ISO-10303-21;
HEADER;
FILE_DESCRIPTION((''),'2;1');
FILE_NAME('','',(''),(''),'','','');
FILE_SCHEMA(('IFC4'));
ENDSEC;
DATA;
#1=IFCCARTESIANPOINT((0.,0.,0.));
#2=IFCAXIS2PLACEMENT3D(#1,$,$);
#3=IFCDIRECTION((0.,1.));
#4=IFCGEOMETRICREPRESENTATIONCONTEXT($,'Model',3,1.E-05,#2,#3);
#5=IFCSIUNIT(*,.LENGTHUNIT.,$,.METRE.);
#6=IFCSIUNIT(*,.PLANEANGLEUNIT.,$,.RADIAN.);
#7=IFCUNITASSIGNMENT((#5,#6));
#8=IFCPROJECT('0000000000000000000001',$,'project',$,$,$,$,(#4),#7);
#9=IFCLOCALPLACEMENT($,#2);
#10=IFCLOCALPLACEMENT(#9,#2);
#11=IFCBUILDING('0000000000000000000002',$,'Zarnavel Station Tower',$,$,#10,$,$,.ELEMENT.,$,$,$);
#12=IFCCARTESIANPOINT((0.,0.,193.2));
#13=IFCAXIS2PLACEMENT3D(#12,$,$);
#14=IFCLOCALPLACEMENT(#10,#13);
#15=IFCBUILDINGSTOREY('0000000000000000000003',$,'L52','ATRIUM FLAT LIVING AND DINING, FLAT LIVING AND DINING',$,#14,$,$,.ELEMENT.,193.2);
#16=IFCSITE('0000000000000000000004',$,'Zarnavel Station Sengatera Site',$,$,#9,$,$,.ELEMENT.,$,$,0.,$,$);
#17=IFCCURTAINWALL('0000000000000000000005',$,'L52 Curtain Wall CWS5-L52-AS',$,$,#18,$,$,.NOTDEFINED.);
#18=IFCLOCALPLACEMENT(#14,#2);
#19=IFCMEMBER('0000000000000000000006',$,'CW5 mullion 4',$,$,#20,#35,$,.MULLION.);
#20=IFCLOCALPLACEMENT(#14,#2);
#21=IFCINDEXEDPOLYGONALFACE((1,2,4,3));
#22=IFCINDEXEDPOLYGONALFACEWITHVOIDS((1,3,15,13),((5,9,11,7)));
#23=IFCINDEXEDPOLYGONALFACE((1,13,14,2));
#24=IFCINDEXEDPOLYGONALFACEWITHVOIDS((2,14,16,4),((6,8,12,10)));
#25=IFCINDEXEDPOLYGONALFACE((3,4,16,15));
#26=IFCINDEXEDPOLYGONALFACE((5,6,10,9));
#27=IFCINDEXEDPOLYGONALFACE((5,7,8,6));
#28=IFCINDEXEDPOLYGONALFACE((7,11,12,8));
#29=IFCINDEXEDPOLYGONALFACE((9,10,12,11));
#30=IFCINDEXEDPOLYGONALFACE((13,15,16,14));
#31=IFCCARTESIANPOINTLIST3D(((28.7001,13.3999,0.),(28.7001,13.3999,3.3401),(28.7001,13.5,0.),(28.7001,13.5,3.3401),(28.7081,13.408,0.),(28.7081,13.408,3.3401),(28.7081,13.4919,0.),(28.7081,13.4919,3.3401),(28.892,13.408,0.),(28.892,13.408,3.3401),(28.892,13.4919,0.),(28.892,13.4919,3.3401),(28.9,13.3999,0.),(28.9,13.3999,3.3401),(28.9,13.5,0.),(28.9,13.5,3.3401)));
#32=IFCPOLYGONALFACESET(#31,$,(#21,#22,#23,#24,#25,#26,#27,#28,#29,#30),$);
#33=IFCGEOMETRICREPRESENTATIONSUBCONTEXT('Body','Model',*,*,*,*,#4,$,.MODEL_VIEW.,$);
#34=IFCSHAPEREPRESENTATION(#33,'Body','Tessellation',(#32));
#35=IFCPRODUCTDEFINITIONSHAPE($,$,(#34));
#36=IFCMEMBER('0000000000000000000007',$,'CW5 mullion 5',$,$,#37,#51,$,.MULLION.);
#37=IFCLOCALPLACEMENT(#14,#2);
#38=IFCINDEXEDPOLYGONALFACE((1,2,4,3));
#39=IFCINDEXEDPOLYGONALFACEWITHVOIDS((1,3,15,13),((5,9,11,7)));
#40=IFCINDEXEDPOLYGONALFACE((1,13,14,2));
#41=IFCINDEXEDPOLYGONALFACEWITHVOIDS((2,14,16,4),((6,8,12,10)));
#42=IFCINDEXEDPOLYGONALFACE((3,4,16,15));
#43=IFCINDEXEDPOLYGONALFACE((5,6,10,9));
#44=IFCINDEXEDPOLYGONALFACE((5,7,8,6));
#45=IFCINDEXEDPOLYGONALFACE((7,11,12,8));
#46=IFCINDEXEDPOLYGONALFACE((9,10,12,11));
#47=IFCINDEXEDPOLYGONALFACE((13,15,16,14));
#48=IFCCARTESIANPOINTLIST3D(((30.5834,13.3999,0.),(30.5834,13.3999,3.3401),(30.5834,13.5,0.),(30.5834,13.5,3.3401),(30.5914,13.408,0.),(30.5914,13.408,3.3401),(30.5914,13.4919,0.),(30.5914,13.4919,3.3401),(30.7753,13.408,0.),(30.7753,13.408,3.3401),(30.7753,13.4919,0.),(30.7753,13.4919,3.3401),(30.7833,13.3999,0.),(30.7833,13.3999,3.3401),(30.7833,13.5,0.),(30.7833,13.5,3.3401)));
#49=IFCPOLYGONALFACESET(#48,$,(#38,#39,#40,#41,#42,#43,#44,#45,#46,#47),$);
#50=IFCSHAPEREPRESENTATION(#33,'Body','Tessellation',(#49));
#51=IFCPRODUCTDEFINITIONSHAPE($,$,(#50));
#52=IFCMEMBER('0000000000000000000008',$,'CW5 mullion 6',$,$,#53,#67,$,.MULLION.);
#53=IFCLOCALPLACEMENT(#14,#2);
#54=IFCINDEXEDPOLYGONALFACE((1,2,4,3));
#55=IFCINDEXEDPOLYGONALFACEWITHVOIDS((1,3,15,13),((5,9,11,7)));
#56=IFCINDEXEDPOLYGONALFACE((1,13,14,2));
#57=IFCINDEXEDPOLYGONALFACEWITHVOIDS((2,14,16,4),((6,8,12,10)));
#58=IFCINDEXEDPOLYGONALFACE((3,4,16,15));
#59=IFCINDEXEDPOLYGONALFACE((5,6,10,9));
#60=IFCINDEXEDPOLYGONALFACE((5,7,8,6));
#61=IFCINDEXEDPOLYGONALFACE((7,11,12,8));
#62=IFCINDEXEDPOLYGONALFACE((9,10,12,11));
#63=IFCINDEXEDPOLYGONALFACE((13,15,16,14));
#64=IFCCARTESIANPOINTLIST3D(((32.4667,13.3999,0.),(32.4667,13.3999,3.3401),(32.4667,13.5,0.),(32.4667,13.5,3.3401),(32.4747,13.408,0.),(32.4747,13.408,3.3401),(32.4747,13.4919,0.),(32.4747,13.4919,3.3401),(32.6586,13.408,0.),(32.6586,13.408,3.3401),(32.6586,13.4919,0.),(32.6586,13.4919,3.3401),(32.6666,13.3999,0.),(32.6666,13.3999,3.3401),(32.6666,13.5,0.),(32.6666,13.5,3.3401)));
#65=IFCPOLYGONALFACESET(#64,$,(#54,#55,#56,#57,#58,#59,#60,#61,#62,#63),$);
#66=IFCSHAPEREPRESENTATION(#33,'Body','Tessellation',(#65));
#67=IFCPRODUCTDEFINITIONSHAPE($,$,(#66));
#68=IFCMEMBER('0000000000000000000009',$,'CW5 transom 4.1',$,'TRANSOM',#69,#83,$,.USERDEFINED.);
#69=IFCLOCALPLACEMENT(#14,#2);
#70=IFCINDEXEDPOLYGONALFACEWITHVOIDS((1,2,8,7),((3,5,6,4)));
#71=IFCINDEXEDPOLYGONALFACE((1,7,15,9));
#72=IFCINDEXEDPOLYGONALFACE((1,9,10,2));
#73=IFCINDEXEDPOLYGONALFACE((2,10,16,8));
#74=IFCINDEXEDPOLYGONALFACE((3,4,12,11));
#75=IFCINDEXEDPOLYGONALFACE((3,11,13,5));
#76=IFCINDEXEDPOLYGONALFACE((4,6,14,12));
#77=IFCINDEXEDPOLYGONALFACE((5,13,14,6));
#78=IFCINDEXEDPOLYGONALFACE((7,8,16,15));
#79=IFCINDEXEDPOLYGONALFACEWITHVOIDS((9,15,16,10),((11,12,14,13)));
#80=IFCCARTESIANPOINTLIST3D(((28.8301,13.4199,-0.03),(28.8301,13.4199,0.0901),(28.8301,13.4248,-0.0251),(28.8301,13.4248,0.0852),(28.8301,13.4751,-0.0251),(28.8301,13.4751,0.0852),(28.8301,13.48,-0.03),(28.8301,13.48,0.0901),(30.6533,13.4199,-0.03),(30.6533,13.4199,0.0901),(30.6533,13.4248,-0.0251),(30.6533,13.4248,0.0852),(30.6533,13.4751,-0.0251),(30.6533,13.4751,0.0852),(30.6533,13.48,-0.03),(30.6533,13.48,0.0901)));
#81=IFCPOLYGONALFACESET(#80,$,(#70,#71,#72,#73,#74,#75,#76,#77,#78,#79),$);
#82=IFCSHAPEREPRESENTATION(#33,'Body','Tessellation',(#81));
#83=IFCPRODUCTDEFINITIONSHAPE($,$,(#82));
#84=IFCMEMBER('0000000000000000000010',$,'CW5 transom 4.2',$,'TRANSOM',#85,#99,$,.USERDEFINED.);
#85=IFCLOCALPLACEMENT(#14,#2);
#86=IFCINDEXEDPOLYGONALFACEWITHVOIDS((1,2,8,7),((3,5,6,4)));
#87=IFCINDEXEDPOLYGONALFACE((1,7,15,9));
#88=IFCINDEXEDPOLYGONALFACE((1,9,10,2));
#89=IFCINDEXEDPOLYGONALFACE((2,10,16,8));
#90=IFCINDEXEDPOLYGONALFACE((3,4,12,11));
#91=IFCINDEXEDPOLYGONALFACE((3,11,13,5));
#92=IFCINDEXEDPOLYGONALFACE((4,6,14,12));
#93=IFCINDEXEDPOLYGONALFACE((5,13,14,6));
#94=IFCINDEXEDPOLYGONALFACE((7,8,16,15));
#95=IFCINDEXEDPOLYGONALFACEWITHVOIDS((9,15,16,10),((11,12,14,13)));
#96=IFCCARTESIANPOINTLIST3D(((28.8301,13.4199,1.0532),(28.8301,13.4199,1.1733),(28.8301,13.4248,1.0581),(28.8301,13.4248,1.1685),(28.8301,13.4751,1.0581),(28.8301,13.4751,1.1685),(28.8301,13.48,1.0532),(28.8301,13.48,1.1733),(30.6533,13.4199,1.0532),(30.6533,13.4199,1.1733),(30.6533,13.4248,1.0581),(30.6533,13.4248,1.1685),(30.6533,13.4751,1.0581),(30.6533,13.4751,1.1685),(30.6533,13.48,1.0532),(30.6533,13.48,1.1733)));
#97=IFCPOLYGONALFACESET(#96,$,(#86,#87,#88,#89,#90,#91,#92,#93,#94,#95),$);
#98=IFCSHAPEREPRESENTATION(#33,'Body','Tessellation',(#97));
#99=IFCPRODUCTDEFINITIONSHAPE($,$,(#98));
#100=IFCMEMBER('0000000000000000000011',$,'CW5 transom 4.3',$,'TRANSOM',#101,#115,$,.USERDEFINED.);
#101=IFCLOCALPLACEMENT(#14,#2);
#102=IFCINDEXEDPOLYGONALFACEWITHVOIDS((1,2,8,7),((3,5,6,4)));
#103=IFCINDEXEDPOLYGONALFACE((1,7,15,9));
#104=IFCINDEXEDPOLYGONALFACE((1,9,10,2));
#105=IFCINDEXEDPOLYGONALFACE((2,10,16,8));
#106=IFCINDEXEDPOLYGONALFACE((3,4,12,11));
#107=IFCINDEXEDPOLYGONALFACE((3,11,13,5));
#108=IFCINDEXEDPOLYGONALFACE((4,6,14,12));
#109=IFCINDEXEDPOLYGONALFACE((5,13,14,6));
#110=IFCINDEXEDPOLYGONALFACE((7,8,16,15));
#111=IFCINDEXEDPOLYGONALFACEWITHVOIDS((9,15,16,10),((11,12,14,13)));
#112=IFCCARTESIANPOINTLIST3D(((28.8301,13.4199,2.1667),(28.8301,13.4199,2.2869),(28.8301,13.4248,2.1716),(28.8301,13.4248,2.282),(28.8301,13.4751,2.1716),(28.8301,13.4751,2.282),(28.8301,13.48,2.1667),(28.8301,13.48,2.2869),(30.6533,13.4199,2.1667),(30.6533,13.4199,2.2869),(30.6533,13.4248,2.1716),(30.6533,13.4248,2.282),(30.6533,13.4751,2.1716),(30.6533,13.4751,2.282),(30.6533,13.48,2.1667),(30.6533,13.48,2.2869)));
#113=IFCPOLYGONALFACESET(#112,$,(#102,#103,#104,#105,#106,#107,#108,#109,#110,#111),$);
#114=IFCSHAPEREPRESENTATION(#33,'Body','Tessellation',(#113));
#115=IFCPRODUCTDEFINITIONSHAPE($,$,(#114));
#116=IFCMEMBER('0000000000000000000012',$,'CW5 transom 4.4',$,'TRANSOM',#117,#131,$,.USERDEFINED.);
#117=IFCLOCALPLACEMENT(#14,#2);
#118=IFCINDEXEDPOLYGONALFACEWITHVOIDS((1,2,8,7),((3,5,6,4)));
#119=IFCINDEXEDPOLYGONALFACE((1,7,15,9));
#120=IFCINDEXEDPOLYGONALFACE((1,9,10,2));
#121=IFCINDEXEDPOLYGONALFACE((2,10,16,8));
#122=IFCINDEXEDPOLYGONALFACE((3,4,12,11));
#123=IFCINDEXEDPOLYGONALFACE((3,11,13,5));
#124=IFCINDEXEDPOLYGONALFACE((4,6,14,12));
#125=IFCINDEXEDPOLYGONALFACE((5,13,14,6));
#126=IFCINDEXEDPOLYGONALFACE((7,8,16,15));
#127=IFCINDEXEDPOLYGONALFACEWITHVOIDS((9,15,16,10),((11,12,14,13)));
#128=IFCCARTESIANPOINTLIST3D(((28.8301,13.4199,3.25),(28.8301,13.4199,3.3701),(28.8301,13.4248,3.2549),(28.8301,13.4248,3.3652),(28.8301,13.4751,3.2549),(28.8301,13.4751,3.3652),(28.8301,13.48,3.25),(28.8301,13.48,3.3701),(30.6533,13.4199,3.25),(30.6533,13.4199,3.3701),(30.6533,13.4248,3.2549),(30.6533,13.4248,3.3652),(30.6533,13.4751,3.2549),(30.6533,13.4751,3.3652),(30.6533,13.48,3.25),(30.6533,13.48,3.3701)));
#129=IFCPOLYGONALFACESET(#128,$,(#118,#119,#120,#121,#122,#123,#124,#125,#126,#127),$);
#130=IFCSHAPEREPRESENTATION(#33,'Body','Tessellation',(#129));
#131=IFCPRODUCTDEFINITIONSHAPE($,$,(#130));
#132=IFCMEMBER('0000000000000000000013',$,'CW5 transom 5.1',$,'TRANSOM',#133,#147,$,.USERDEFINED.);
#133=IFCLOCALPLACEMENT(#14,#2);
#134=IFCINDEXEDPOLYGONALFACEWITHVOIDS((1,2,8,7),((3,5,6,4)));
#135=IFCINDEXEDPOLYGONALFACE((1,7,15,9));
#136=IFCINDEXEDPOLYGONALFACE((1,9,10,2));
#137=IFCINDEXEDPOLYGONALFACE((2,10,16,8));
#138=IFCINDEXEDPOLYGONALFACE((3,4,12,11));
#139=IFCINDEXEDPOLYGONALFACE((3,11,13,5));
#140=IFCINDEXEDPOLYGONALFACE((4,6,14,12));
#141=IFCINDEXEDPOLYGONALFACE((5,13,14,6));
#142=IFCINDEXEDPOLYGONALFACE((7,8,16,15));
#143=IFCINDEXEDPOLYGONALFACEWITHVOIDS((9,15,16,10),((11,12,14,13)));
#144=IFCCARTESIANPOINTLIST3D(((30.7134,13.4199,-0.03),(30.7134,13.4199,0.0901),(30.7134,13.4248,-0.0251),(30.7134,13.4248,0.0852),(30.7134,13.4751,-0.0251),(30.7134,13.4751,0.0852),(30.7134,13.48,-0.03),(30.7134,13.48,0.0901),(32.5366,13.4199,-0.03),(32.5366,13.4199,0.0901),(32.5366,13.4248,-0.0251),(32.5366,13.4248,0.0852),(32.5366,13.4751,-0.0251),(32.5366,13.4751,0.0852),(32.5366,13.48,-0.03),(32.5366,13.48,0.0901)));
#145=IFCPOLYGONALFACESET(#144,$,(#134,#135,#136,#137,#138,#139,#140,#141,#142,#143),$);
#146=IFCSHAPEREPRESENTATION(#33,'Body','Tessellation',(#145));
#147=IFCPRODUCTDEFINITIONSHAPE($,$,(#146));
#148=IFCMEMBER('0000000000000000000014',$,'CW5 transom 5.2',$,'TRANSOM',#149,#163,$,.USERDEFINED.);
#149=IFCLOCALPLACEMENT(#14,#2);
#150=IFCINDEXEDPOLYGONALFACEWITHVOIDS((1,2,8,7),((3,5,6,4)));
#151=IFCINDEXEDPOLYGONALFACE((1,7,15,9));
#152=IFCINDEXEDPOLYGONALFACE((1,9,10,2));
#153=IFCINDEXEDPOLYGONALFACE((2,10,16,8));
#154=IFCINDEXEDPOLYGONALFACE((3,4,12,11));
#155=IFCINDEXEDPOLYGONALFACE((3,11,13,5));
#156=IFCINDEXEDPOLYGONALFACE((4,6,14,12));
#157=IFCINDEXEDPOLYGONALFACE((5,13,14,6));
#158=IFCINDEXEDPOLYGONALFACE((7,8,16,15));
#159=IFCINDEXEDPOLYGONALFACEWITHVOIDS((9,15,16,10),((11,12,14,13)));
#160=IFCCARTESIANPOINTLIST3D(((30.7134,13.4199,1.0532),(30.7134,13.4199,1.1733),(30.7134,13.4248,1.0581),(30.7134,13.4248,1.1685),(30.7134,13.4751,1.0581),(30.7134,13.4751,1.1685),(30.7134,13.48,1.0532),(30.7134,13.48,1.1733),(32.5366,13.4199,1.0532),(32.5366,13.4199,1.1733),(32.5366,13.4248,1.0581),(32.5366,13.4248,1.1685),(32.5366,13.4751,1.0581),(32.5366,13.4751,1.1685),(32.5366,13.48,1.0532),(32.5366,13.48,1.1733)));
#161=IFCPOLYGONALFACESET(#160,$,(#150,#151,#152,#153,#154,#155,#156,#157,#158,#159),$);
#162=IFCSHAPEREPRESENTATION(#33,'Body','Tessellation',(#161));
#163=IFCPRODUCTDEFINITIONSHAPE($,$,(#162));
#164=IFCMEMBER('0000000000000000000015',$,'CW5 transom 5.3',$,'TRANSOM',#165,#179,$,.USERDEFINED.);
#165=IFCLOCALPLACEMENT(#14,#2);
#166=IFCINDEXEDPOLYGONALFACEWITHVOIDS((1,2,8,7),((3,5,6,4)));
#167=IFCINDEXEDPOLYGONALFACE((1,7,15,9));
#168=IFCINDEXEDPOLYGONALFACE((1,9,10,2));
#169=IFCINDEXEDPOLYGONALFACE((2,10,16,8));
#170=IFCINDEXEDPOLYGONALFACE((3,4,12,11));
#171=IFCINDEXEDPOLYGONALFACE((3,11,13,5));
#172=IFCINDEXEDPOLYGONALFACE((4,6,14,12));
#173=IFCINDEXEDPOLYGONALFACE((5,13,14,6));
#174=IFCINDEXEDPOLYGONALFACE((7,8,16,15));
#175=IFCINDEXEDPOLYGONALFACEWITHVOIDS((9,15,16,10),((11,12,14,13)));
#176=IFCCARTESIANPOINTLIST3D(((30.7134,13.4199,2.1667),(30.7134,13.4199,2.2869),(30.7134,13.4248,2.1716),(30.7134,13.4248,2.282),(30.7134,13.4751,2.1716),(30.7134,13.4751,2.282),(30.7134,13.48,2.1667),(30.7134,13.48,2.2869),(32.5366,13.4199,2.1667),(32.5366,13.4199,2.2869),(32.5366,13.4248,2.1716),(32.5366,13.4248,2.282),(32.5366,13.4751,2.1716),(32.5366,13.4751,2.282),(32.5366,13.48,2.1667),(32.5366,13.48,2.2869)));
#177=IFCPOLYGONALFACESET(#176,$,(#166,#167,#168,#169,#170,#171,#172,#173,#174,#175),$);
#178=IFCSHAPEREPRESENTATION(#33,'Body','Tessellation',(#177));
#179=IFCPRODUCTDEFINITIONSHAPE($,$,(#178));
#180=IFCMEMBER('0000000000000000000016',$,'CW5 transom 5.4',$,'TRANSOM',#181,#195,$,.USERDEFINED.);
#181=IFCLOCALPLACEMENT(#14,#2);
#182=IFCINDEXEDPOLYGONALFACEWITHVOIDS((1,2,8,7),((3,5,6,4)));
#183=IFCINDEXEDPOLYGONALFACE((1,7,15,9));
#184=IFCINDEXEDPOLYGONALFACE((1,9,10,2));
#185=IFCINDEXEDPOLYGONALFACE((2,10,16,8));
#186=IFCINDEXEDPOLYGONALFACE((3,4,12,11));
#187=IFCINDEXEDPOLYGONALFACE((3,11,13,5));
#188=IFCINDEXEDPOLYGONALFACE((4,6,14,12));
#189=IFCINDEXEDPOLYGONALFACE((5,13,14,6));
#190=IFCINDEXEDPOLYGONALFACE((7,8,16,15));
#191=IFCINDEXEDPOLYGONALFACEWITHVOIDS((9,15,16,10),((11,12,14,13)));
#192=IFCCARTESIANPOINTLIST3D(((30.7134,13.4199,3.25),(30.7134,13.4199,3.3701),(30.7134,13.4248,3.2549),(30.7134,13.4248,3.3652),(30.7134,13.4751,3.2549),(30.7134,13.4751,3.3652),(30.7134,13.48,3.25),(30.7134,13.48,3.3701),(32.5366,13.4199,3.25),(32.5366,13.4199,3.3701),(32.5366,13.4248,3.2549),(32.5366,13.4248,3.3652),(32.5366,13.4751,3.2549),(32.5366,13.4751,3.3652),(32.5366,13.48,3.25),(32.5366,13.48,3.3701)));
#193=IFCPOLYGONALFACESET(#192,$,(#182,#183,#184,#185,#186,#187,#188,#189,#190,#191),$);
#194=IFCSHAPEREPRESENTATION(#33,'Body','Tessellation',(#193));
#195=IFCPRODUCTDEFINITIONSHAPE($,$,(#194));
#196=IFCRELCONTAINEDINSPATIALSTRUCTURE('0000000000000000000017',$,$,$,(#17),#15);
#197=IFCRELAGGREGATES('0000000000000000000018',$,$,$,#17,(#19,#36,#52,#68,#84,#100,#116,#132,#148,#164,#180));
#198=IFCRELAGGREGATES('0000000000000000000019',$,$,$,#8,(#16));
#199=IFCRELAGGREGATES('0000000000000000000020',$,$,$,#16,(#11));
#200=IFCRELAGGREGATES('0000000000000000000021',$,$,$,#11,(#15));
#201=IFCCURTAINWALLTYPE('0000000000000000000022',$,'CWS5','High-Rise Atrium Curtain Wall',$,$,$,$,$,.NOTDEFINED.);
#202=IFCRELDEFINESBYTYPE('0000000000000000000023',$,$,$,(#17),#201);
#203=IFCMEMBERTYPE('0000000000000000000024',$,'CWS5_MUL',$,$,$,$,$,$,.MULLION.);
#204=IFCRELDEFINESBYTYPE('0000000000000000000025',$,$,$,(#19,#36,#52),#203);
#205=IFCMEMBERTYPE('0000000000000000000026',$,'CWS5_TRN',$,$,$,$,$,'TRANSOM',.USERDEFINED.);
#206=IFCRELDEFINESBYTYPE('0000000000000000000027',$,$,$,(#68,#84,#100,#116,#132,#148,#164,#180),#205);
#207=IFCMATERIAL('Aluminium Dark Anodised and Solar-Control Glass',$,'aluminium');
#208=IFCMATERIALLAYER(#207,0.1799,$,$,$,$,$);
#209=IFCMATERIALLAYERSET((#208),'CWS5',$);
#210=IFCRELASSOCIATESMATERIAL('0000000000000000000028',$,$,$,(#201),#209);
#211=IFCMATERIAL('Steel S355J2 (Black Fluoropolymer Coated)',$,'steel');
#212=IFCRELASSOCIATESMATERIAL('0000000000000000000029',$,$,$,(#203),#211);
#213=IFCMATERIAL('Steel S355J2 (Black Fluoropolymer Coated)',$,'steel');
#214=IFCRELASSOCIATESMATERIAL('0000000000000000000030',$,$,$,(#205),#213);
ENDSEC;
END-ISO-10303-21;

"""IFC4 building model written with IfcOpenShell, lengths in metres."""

from ifc_helpers import new_model, si_unit, direction, frame, origin, origin_2d, place, context, subcontext, project, spatial, hollow_rectangle, extrude, material, layer, layer_set, material_profile, profile_set, type_object, element, aggregate, save


model = new_model("IFC4")

# Units and contexts
model_context = context("Model", 3, precision=1e-05, world=origin(), true_north=direction((0.0, 1.0)))
body_context = subcontext(model_context, "Body", "Model", "MODEL_VIEW")
ifc_project = project(units=[si_unit("LENGTHUNIT", "METRE"), si_unit("PLANEANGLEUNIT", "RADIAN")], contexts=[model_context])

# Site, building, storey
site_placement = place(None, origin())
site = spatial("IfcSite", under=ifc_project, at=site_placement, Name="Zarnavel Station Sengatera Site", CompositionType="ELEMENT", RefElevation=0.0)
building_placement = place(site_placement, origin())
building = spatial("IfcBuilding", under=site, at=building_placement, Name="Zarnavel Station Tower", CompositionType="ELEMENT")
storey_placement = place(building_placement, frame((0.0, 0.0, 193.2)))
storey = spatial("IfcBuildingStorey", under=building, at=storey_placement, Name="L52", Description="ATRIUM FLAT LIVING AND DINING, FLAT LIVING AND DINING", CompositionType="ELEMENT", Elevation=193.2)

# Curtain wall, members
ifc_material_1 = material(Name="Aluminium Dark Anodised and Solar-Control Glass", Category="aluminium")
ifc_layer_1 = layer(ifc_material_1, 0.1799)
ifc_layer_set_1 = layer_set([ifc_layer_1], Name="CWS5")
curtain_wall_type = type_object("IfcCurtainWallType", Name="CWS5", Description="High-Rise Atrium Curtain Wall", PredefinedType="NOTDEFINED", material=ifc_layer_set_1)
curtain_wall_placement = place(storey_placement, origin())
curtain_wall = element("IfcCurtainWall", 1, at=curtain_wall_placement, inside=storey, type_object=curtain_wall_type, Name="L52 Curtain Wall CWS5-L52-AS", PredefinedType="NOTDEFINED")
ifc_material_2 = material(Name="Steel S355J2 (Black Fluoropolymer Coated)", Category="steel")
ifc_material_profile_1 = material_profile(ifc_material_2, hollow_rectangle(XDim=0.1001, YDim=0.2, WallThickness=0.0081, at=origin_2d()), Name="RHS200x100x8")
ifc_profile_set_1 = profile_set([ifc_material_profile_1], Name="Steel S355J2 (Black Fluoropolymer Coated)")
member_type_1 = type_object("IfcMemberType", Name="CWS5_MUL", PredefinedType="MULLION", material=ifc_profile_set_1)
member_1_placement = place(storey_placement, frame((28.8, 13.45, 0.0), z_axis=(0.0, 0.0, 1.0), x_axis=(0.0, 1.0, 0.0)))
member_1 = element("IfcMember", 2, at=member_1_placement, type_object=member_type_1, Name="CW5 mullion 4", PredefinedType="MULLION", context=body_context, shape_type="SweptSolid", body=[
    extrude(hollow_rectangle(XDim=0.1001, YDim=0.2, WallThickness=0.0081, at=origin_2d()), origin(), (0.0, 0.0, 1.0), 3.3401),
])
member_2_placement = place(storey_placement, frame((30.6833, 13.45, 0.0), z_axis=(0.0, 0.0, 1.0), x_axis=(0.0, 1.0, 0.0)))
member_2 = element("IfcMember", 3, at=member_2_placement, type_object=member_type_1, Name="CW5 mullion 5", PredefinedType="MULLION", context=body_context, shape_type="SweptSolid", body=[
    extrude(hollow_rectangle(XDim=0.1001, YDim=0.2, WallThickness=0.0081, at=origin_2d()), origin(), (0.0, 0.0, 1.0), 3.3401),
])
member_3_placement = place(storey_placement, frame((32.5667, 13.45, 0.0), z_axis=(0.0, 0.0, 1.0), x_axis=(0.0, 1.0, 0.0)))
member_3 = element("IfcMember", 4, at=member_3_placement, type_object=member_type_1, Name="CW5 mullion 6", PredefinedType="MULLION", context=body_context, shape_type="SweptSolid", body=[
    extrude(hollow_rectangle(XDim=0.1001, YDim=0.2, WallThickness=0.0081, at=origin_2d()), origin(), (0.0, 0.0, 1.0), 3.3401),
])
ifc_material_3 = material(Name="Steel S355J2 (Black Fluoropolymer Coated)", Category="steel")
ifc_material_profile_2 = material_profile(ifc_material_3, hollow_rectangle(XDim=0.0601, YDim=0.1201, WallThickness=0.0049, at=origin_2d()), Name="RHS120x60x5")
ifc_profile_set_2 = profile_set([ifc_material_profile_2], Name="Steel S355J2 (Black Fluoropolymer Coated)")
member_type_2 = type_object("IfcMemberType", Name="CWS5_TRN", ElementType="TRANSOM", PredefinedType="USERDEFINED", material=ifc_profile_set_2)
member_4_placement = place(storey_placement, frame((28.8301, 13.45, 0.03), z_axis=(1.0, 0.0, 0.0), x_axis=(0.0, 1.0, 0.0)))
member_4 = element("IfcMember", 5, at=member_4_placement, type_object=member_type_2, Name="CW5 transom 4.1", ObjectType="TRANSOM", PredefinedType="USERDEFINED", context=body_context, shape_type="SweptSolid", body=[
    extrude(hollow_rectangle(XDim=0.0601, YDim=0.1201, WallThickness=0.0049, at=origin_2d()), origin(), (0.0, 0.0, 1.0), 1.8232),
])
member_5_placement = place(storey_placement, frame((28.8301, 13.45, 1.1133), z_axis=(1.0, 0.0, 0.0), x_axis=(0.0, 1.0, 0.0)))
member_5 = element("IfcMember", 6, at=member_5_placement, type_object=member_type_2, Name="CW5 transom 4.2", ObjectType="TRANSOM", PredefinedType="USERDEFINED", context=body_context, shape_type="SweptSolid", body=[
    extrude(hollow_rectangle(XDim=0.0601, YDim=0.1201, WallThickness=0.0049, at=origin_2d()), origin(), (0.0, 0.0, 1.0), 1.8232),
])
member_6_placement = place(storey_placement, frame((28.8301, 13.45, 2.2268), z_axis=(1.0, 0.0, 0.0), x_axis=(0.0, 1.0, 0.0)))
member_6 = element("IfcMember", 7, at=member_6_placement, type_object=member_type_2, Name="CW5 transom 4.3", ObjectType="TRANSOM", PredefinedType="USERDEFINED", context=body_context, shape_type="SweptSolid", body=[
    extrude(hollow_rectangle(XDim=0.0601, YDim=0.1201, WallThickness=0.0049, at=origin_2d()), origin(), (0.0, 0.0, 1.0), 1.8232),
])
member_7_placement = place(storey_placement, frame((28.8301, 13.45, 3.3101), z_axis=(1.0, 0.0, 0.0), x_axis=(0.0, 1.0, 0.0)))
member_7 = element("IfcMember", 8, at=member_7_placement, type_object=member_type_2, Name="CW5 transom 4.4", ObjectType="TRANSOM", PredefinedType="USERDEFINED", context=body_context, shape_type="SweptSolid", body=[
    extrude(hollow_rectangle(XDim=0.0601, YDim=0.1201, WallThickness=0.0049, at=origin_2d()), origin(), (0.0, 0.0, 1.0), 1.8232),
])
member_8_placement = place(storey_placement, frame((30.7134, 13.45, 0.03), z_axis=(1.0, 0.0, 0.0), x_axis=(0.0, 1.0, 0.0)))
member_8 = element("IfcMember", 9, at=member_8_placement, type_object=member_type_2, Name="CW5 transom 5.1", ObjectType="TRANSOM", PredefinedType="USERDEFINED", context=body_context, shape_type="SweptSolid", body=[
    extrude(hollow_rectangle(XDim=0.0601, YDim=0.1201, WallThickness=0.0049, at=origin_2d()), origin(), (0.0, 0.0, 1.0), 1.8232),
])
member_9_placement = place(storey_placement, frame((30.7134, 13.45, 1.1133), z_axis=(1.0, 0.0, 0.0), x_axis=(0.0, 1.0, 0.0)))
member_9 = element("IfcMember", 10, at=member_9_placement, type_object=member_type_2, Name="CW5 transom 5.2", ObjectType="TRANSOM", PredefinedType="USERDEFINED", context=body_context, shape_type="SweptSolid", body=[
    extrude(hollow_rectangle(XDim=0.0601, YDim=0.1201, WallThickness=0.0049, at=origin_2d()), origin(), (0.0, 0.0, 1.0), 1.8232),
])
member_10_placement = place(storey_placement, frame((30.7134, 13.45, 2.2268), z_axis=(1.0, 0.0, 0.0), x_axis=(0.0, 1.0, 0.0)))
member_10 = element("IfcMember", 11, at=member_10_placement, type_object=member_type_2, Name="CW5 transom 5.3", ObjectType="TRANSOM", PredefinedType="USERDEFINED", context=body_context, shape_type="SweptSolid", body=[
    extrude(hollow_rectangle(XDim=0.0601, YDim=0.1201, WallThickness=0.0049, at=origin_2d()), origin(), (0.0, 0.0, 1.0), 1.8232),
])
member_11_placement = place(storey_placement, frame((30.7134, 13.45, 3.3101), z_axis=(1.0, 0.0, 0.0), x_axis=(0.0, 1.0, 0.0)))
member_11 = element("IfcMember", 12, at=member_11_placement, type_object=member_type_2, Name="CW5 transom 5.4", ObjectType="TRANSOM", PredefinedType="USERDEFINED", context=body_context, shape_type="SweptSolid", body=[
    extrude(hollow_rectangle(XDim=0.0601, YDim=0.1201, WallThickness=0.0049, at=origin_2d()), origin(), (0.0, 0.0, 1.0), 1.8232),
])
aggregate(curtain_wall, [member_1, member_2, member_3, member_4, member_5, member_6, member_7, member_8, member_9, member_10, member_11])

save(model, "model.ifc")
